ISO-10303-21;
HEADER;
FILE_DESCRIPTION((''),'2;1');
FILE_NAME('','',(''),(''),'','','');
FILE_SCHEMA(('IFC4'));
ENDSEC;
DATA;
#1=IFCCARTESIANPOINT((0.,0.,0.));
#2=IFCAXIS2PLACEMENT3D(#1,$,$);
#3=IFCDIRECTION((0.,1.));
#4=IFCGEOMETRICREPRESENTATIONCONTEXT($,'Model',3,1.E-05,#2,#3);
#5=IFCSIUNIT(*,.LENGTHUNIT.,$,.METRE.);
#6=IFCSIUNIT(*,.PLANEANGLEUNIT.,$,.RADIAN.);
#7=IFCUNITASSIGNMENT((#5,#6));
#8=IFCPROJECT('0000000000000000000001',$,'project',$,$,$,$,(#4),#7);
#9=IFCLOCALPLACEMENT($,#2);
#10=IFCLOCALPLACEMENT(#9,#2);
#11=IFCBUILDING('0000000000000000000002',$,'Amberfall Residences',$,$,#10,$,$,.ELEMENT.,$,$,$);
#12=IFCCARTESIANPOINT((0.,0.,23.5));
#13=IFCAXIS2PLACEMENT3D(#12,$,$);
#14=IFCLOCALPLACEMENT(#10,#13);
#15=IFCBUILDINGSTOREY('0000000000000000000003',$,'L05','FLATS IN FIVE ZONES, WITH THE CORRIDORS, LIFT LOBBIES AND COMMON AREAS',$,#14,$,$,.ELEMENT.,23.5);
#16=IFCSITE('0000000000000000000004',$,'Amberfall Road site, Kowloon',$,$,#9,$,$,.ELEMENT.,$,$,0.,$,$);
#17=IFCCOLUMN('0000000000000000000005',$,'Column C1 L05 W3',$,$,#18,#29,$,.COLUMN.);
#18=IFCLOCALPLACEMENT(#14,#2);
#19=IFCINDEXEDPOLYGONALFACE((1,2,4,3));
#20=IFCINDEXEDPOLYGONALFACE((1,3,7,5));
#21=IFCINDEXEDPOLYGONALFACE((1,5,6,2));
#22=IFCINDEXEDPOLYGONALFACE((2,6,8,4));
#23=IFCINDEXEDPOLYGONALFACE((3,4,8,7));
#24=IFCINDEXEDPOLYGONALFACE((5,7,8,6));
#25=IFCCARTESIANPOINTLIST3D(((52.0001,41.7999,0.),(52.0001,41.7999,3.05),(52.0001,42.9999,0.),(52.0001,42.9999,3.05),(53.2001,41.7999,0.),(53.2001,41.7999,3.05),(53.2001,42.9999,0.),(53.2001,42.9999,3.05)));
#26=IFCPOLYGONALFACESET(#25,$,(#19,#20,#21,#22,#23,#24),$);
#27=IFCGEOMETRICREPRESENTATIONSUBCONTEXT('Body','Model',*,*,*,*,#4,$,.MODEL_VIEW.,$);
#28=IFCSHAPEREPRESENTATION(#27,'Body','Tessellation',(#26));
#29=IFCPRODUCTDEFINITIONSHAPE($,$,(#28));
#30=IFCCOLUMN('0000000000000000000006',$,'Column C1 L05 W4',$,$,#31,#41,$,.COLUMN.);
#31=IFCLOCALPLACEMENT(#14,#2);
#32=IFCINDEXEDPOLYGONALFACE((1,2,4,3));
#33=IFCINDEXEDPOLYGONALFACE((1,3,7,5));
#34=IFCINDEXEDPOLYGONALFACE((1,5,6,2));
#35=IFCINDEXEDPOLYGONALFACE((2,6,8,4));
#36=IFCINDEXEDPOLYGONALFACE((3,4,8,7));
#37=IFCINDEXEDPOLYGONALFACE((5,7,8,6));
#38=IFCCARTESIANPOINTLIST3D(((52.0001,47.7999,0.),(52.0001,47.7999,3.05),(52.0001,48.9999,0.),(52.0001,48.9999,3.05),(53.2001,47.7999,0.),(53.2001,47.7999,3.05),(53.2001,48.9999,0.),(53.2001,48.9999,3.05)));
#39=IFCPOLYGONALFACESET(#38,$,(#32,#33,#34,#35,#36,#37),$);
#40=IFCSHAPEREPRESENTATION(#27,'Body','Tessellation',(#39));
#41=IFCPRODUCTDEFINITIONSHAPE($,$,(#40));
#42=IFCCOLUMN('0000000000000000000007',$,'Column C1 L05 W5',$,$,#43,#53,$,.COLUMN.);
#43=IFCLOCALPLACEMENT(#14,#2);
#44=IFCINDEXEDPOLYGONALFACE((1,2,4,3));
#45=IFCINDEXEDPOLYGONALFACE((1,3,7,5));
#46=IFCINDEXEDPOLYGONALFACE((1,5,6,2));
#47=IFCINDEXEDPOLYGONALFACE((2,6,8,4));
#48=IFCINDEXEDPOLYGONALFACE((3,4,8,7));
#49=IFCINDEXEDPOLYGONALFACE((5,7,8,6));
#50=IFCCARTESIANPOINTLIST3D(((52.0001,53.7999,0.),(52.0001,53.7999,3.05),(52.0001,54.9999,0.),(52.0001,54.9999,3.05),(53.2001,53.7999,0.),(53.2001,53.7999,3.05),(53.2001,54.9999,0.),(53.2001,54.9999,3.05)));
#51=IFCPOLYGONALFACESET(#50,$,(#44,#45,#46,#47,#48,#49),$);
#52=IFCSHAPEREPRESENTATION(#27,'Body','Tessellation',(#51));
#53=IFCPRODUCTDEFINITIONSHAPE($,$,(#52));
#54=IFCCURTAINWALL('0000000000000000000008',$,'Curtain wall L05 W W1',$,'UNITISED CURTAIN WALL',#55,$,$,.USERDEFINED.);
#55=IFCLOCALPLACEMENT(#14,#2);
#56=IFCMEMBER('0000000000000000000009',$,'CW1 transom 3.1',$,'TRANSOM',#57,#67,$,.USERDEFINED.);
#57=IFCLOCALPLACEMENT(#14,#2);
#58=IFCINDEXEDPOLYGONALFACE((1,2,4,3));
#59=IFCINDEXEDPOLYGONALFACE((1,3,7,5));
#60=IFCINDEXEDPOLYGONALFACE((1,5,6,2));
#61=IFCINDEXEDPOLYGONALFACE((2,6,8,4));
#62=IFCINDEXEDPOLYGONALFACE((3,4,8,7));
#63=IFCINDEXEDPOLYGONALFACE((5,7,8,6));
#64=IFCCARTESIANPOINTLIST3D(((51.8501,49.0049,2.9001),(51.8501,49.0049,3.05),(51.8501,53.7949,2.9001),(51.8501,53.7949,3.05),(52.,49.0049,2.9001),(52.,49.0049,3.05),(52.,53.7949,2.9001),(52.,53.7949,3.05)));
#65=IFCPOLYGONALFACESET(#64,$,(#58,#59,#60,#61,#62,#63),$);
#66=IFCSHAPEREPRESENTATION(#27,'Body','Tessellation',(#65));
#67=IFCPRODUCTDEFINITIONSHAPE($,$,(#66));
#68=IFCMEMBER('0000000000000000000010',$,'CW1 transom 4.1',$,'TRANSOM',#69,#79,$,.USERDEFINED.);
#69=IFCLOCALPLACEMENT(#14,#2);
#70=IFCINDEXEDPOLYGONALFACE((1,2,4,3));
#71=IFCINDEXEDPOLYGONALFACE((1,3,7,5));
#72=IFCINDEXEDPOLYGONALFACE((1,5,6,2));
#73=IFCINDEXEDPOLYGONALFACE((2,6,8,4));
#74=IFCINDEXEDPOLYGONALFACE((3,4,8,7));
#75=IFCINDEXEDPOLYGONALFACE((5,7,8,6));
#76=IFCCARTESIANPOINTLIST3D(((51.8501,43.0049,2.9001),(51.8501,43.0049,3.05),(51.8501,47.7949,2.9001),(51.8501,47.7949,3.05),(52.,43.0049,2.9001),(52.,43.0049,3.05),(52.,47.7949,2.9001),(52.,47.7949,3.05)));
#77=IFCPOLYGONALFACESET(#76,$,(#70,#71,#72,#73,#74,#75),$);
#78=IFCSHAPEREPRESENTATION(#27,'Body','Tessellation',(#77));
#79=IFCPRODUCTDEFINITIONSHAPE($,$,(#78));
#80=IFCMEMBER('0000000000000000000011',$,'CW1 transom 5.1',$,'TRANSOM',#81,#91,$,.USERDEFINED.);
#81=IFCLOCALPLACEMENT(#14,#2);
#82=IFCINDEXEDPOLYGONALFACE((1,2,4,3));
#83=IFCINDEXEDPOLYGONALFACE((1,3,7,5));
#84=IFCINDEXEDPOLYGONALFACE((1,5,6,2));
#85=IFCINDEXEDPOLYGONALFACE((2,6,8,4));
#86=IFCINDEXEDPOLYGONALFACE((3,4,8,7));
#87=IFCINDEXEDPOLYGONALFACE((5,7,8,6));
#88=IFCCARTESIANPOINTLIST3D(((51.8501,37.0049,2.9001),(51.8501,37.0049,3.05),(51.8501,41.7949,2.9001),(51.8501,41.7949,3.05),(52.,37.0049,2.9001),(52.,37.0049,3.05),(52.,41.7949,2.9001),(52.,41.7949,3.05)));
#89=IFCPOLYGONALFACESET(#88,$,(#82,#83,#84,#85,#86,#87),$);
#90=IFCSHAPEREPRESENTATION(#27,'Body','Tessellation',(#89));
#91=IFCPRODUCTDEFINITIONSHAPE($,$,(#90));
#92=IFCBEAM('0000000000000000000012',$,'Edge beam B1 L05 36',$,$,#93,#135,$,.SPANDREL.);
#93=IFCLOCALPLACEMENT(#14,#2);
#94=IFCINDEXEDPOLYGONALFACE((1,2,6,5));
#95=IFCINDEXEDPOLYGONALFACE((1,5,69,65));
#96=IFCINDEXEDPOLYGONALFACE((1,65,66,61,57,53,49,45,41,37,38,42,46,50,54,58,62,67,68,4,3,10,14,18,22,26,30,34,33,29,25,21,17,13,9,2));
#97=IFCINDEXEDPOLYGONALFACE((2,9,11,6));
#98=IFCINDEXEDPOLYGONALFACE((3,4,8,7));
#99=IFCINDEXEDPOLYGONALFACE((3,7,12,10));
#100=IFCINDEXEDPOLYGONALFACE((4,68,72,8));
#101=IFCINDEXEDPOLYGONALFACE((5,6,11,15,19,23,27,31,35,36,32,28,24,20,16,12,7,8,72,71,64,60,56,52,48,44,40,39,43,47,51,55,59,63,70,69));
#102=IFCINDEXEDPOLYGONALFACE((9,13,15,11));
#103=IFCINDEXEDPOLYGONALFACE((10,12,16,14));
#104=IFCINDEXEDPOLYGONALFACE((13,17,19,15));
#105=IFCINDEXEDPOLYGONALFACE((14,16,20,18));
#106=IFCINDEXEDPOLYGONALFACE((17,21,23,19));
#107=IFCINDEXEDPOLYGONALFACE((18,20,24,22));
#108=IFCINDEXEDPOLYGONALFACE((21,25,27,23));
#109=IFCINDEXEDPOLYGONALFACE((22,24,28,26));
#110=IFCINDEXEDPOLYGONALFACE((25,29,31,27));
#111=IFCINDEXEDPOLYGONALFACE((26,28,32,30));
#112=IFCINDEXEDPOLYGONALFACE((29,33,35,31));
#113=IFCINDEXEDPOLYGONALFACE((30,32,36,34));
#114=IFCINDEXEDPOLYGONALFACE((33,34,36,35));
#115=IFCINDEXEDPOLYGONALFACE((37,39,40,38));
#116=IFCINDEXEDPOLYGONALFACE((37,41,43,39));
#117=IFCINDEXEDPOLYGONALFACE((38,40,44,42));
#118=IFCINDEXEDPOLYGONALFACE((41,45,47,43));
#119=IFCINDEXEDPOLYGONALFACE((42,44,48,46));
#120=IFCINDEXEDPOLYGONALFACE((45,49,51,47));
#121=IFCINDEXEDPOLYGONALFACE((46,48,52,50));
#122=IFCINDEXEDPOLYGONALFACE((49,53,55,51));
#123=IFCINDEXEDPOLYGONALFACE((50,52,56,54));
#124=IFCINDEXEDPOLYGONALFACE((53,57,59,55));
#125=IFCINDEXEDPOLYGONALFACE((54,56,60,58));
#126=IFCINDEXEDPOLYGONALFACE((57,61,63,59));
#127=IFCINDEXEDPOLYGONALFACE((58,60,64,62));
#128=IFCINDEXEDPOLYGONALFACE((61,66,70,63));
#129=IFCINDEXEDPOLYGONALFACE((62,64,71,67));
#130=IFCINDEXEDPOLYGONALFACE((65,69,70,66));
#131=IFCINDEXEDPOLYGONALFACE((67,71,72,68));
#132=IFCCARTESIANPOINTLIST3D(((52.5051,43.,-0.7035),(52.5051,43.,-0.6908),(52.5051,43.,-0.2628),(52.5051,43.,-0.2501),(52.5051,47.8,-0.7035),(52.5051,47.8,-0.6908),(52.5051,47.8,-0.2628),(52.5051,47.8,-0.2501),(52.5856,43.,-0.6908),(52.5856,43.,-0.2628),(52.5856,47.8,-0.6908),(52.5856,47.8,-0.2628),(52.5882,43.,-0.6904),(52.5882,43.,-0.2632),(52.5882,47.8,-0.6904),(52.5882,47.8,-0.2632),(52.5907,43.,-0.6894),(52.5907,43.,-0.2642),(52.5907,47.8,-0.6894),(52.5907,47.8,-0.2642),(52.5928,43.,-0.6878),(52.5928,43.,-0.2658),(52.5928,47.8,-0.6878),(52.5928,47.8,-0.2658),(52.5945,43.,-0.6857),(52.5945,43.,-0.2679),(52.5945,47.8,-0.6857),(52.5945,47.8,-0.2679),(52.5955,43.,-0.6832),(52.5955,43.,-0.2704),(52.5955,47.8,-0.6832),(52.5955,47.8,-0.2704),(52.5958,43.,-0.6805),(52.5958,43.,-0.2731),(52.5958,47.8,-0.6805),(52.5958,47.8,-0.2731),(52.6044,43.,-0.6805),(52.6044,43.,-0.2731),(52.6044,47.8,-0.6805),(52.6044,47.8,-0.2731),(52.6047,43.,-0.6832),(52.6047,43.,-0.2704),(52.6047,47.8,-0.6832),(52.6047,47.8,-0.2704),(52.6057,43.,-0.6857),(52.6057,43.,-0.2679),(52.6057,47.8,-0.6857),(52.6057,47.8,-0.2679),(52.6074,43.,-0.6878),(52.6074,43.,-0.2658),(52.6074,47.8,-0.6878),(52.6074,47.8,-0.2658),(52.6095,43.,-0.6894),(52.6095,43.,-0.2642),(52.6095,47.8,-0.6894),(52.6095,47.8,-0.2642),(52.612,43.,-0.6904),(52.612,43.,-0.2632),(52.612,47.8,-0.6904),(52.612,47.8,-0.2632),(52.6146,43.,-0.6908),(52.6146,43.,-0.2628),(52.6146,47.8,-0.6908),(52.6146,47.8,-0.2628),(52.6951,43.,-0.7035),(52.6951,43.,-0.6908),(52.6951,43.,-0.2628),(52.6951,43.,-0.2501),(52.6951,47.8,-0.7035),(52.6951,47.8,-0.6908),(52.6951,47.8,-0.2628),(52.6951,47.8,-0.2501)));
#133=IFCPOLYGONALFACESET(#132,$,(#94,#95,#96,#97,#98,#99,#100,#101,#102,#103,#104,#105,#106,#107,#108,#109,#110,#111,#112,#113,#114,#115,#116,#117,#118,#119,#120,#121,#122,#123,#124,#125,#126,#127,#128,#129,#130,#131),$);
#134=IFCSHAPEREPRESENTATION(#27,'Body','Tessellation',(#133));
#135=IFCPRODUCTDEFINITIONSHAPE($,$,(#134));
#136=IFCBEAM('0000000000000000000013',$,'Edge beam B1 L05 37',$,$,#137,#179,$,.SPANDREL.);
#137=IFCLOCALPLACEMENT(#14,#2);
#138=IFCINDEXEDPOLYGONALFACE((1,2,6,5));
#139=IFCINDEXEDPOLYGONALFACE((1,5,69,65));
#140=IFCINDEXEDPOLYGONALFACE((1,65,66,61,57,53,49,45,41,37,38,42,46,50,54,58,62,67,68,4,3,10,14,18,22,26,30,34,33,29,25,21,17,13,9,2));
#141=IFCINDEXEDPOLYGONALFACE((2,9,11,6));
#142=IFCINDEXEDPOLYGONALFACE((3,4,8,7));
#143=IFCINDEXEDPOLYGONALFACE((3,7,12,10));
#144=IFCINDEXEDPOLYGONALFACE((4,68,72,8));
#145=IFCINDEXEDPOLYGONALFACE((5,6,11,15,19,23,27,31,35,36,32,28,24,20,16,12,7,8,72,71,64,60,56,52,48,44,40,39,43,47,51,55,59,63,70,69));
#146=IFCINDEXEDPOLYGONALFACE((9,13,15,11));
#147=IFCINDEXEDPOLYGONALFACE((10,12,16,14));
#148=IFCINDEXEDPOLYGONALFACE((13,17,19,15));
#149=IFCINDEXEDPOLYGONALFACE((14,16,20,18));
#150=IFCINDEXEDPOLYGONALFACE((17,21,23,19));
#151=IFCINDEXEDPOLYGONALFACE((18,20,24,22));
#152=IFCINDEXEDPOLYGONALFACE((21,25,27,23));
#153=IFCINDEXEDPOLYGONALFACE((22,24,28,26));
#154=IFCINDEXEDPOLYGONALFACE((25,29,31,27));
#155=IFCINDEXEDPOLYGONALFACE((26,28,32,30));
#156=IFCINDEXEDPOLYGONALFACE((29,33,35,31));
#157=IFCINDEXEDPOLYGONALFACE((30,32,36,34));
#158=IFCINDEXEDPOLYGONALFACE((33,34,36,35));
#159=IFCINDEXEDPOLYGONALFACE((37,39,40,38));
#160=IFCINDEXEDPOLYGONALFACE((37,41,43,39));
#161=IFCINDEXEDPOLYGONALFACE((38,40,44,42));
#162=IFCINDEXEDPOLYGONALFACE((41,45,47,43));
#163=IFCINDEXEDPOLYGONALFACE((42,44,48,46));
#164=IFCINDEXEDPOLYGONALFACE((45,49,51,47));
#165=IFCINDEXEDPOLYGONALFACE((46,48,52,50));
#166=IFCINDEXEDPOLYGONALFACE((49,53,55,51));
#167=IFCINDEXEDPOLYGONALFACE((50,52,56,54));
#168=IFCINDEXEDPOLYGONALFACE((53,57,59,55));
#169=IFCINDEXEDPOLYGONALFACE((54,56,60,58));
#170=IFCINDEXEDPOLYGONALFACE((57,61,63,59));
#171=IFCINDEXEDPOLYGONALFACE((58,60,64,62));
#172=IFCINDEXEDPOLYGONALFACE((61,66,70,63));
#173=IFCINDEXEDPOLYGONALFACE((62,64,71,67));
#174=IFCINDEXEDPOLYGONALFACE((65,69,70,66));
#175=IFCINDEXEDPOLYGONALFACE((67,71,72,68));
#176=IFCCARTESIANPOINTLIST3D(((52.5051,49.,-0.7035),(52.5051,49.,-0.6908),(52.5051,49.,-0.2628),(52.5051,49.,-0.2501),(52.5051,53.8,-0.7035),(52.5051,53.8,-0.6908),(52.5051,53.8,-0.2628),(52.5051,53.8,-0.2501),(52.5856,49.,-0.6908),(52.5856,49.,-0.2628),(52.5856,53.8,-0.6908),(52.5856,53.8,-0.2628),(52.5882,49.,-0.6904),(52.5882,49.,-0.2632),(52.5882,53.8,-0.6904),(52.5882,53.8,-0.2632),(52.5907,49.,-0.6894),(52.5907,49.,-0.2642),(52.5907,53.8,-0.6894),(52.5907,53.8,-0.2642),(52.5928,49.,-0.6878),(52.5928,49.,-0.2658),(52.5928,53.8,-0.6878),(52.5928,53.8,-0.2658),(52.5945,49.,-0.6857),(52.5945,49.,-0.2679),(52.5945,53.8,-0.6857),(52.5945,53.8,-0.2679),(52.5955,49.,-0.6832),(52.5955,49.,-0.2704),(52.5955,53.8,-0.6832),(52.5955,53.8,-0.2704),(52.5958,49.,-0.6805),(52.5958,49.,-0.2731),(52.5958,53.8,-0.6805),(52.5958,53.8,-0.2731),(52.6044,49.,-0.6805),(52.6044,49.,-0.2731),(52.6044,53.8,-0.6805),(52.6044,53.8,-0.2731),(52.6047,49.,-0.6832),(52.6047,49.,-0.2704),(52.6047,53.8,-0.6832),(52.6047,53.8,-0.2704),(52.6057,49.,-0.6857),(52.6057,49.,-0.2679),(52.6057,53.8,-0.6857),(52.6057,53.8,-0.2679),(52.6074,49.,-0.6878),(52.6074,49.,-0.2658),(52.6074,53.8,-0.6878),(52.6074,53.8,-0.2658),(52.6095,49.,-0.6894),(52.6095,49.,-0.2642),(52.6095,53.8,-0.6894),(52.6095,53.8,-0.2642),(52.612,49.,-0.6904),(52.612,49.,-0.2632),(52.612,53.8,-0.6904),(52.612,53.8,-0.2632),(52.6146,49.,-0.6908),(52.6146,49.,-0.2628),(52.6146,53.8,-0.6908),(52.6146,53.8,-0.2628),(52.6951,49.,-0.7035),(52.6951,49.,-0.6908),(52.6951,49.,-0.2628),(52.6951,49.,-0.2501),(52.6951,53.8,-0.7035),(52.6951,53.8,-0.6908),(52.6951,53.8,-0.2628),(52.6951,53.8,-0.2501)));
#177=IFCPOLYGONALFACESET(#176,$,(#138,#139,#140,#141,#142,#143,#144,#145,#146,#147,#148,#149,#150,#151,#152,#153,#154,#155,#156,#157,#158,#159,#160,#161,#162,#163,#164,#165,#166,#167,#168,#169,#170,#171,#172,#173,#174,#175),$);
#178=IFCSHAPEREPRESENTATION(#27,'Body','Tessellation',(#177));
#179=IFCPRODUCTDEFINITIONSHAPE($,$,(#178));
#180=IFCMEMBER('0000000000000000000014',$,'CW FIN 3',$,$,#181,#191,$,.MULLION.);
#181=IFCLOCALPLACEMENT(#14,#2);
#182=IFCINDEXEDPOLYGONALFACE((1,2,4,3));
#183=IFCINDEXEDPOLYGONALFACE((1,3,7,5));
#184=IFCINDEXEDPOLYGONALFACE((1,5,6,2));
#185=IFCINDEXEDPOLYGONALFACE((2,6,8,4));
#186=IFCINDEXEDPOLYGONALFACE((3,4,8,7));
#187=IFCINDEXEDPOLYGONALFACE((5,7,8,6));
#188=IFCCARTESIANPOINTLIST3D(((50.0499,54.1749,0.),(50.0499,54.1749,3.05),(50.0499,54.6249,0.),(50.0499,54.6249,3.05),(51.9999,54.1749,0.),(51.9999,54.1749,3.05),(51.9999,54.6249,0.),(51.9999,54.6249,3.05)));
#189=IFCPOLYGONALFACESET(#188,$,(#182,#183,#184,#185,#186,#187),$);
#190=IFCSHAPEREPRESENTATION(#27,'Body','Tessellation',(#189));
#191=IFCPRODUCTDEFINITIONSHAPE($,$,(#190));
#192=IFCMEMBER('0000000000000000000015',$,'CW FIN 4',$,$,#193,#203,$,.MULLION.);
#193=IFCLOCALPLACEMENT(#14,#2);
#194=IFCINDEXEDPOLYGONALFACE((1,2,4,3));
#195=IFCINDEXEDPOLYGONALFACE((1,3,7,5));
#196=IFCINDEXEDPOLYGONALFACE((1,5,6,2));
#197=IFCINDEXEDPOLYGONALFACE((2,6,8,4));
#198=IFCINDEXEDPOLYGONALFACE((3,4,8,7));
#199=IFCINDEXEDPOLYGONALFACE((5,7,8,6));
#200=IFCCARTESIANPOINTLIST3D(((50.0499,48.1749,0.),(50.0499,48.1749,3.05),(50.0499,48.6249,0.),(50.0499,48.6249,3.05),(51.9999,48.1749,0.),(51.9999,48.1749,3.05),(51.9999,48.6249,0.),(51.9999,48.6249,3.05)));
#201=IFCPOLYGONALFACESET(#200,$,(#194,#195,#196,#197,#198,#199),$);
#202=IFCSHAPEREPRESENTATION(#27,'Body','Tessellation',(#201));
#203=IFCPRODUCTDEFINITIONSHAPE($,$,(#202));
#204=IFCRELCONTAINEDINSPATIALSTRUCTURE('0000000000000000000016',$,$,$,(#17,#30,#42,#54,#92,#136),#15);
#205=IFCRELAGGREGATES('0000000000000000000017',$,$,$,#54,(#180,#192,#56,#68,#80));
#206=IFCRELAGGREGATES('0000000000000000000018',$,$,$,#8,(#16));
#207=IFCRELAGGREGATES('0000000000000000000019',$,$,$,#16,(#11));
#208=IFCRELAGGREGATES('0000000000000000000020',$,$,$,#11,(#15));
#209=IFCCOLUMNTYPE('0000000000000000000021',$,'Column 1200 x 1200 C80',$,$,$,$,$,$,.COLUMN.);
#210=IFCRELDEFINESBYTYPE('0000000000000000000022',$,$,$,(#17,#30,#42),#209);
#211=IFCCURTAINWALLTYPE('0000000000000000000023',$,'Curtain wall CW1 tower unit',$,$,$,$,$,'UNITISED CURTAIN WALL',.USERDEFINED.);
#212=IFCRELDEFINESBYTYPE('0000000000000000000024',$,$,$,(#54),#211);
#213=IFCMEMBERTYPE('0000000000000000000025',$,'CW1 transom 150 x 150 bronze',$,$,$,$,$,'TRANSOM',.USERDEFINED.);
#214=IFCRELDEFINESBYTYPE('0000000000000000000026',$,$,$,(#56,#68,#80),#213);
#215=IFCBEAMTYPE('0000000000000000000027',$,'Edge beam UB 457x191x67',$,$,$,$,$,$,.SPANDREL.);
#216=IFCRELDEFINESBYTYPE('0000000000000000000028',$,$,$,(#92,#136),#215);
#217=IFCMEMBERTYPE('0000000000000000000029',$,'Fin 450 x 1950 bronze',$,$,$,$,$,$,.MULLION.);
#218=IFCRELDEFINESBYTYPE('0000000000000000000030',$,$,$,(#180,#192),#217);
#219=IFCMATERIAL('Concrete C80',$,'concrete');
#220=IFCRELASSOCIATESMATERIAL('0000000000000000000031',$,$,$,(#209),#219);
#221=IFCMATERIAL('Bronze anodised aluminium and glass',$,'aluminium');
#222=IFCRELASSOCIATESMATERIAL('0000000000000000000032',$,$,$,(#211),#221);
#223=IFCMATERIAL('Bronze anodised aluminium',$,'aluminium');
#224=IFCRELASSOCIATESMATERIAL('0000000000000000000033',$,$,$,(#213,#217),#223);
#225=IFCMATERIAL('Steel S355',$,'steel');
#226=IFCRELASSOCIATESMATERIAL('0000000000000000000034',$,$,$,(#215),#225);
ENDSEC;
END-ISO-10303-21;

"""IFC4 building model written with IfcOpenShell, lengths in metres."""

from ifc_helpers import new_model, si_unit, direction, frame, origin, origin_2d, place, context, subcontext, project, spatial, rectangle, i_section, extrude, material, material_profile, profile_set, type_object, element, aggregate, save


model = new_model("IFC4")

# Units and contexts
model_context = context("Model", 3, precision=1e-05, world=origin(), true_north=direction((0.0, 1.0)))
body_context = subcontext(model_context, "Body", "Model", "MODEL_VIEW")
ifc_project = project(units=[si_unit("LENGTHUNIT", "METRE"), si_unit("PLANEANGLEUNIT", "RADIAN")], contexts=[model_context])

# Site, building, storey
site_placement = place(None, origin())
site = spatial("IfcSite", under=ifc_project, at=site_placement, Name="Amberfall Road site, Kowloon", CompositionType="ELEMENT", RefElevation=0.0)
building_placement = place(site_placement, origin())
building = spatial("IfcBuilding", under=site, at=building_placement, Name="Amberfall Residences", CompositionType="ELEMENT")
storey_placement = place(building_placement, frame((0.0, 0.0, 23.5)))
storey = spatial("IfcBuildingStorey", under=building, at=storey_placement, Name="L05", Description="FLATS IN FIVE ZONES, WITH THE CORRIDORS, LIFT LOBBIES AND COMMON AREAS", CompositionType="ELEMENT", Elevation=23.5)

# Columns
ifc_material_1 = material(Name="Concrete C80", Category="concrete")
ifc_material_profile_1 = material_profile(ifc_material_1, rectangle(XDim=1.2, YDim=1.2, at=origin_2d()), Name="Column 1200 x 1200 C80")
ifc_profile_set_1 = profile_set([ifc_material_profile_1], Name="Concrete C80")
column_type = type_object("IfcColumnType", Name="Column 1200 x 1200 C80", PredefinedType="COLUMN", material=ifc_profile_set_1)
for number, where, z_axis, x_axis, name in (
    (1, (52.6001, 42.3999, 0.0), (0.0, 0.0, 1.0), (1.0, 0.0, 0.0), "Column C1 L05 W3"),
    (2, (52.6001, 48.3999, 0.0), (0.0, 0.0, 1.0), (1.0, 0.0, 0.0), "Column C1 L05 W4"),
    (3, (52.6001, 54.3999, 0.0), (0.0, 0.0, 1.0), (1.0, 0.0, 0.0), "Column C1 L05 W5"),
):
    element("IfcColumn", number, at=place(storey_placement, frame(where, z_axis=z_axis, x_axis=x_axis)), inside=storey, type_object=column_type, Name=name, PredefinedType="COLUMN", context=body_context, shape_type="SweptSolid", body=[
        extrude(rectangle(XDim=1.2, YDim=1.2, at=origin_2d()), origin(), (0.0, 0.0, 1.0), 3.05),
    ])

# Curtain wall, members
ifc_material_2 = material(Name="Bronze anodised aluminium and glass", Category="aluminium")
curtain_wall_type = type_object("IfcCurtainWallType", Name="Curtain wall CW1 tower unit", ElementType="UNITISED CURTAIN WALL", PredefinedType="USERDEFINED", material=ifc_material_2)
curtain_wall_placement = place(storey_placement, origin())
curtain_wall = element("IfcCurtainWall", 4, at=curtain_wall_placement, inside=storey, type_object=curtain_wall_type, Name="Curtain wall L05 W W1", ObjectType="UNITISED CURTAIN WALL", PredefinedType="USERDEFINED")
ifc_material_3 = material(Name="Bronze anodised aluminium", Category="aluminium")
ifc_material_profile_2 = material_profile(ifc_material_3, rectangle(XDim=0.1499, YDim=0.1499, at=origin_2d()), Name="CW1 transom 150 x 150 bronze")
ifc_profile_set_2 = profile_set([ifc_material_profile_2], Name="Bronze anodised aluminium")
member_type_1 = type_object("IfcMemberType", Name="CW1 transom 150 x 150 bronze", ElementType="TRANSOM", PredefinedType="USERDEFINED", material=ifc_profile_set_2)
member_1_placement = place(storey_placement, frame((51.925, 53.7949, 2.9751), z_axis=(0.0, -1.0, 0.0), x_axis=(1.0, 0.0, 0.0)))
member_1 = element("IfcMember", 5, at=member_1_placement, type_object=member_type_1, Name="CW1 transom 3.1", ObjectType="TRANSOM", PredefinedType="USERDEFINED", context=body_context, shape_type="SweptSolid", body=[
    extrude(rectangle(XDim=0.1499, YDim=0.1499, at=origin_2d()), origin(), (0.0, 0.0, 1.0), 4.79),
])
member_2_placement = place(storey_placement, frame((51.925, 47.7949, 2.9751), z_axis=(0.0, -1.0, 0.0), x_axis=(1.0, 0.0, 0.0)))
member_2 = element("IfcMember", 6, at=member_2_placement, type_object=member_type_1, Name="CW1 transom 4.1", ObjectType="TRANSOM", PredefinedType="USERDEFINED", context=body_context, shape_type="SweptSolid", body=[
    extrude(rectangle(XDim=0.1499, YDim=0.1499, at=origin_2d()), origin(), (0.0, 0.0, 1.0), 4.79),
])
member_3_placement = place(storey_placement, frame((51.925, 41.7949, 2.9751), z_axis=(0.0, -1.0, 0.0), x_axis=(1.0, 0.0, 0.0)))
member_3 = element("IfcMember", 7, at=member_3_placement, type_object=member_type_1, Name="CW1 transom 5.1", ObjectType="TRANSOM", PredefinedType="USERDEFINED", context=body_context, shape_type="SweptSolid", body=[
    extrude(rectangle(XDim=0.1499, YDim=0.1499, at=origin_2d()), origin(), (0.0, 0.0, 1.0), 4.79),
])

# Beams
ifc_material_4 = material(Name="Steel S355", Category="steel")
ifc_material_profile_3 = material_profile(ifc_material_4, i_section(OverallWidth=0.1899, OverallDepth=0.4534, WebThickness=0.0085, FlangeThickness=0.0127, FilletRadius=0.0103, at=origin_2d()), Name="UB 457x191x67")
ifc_profile_set_3 = profile_set([ifc_material_profile_3], Name="Steel S355")
beam_type_1 = type_object("IfcBeamType", Name="Edge beam UB 457x191x67", PredefinedType="SPANDREL", material=ifc_profile_set_3)
for number, where, z_axis, x_axis, name in (
    (8, (52.6001, 43.0, -0.4768), (0.0, 1.0, 0.0), (-1.0, 0.0, 0.0), "Edge beam B1 L05 36"),
    (9, (52.6001, 49.0, -0.4768), (0.0, 1.0, 0.0), (-1.0, 0.0, 0.0), "Edge beam B1 L05 37"),
):
    element("IfcBeam", number, at=place(storey_placement, frame(where, z_axis=z_axis, x_axis=x_axis)), inside=storey, type_object=beam_type_1, Name=name, PredefinedType="SPANDREL", context=body_context, shape_type="SweptSolid", body=[
        extrude(i_section(OverallWidth=0.1899, OverallDepth=0.4534, WebThickness=0.0085, FlangeThickness=0.0127, FilletRadius=0.0103, at=origin_2d()), origin(), (0.0, 0.0, 1.0), 4.8),
    ])

# Members
ifc_material_profile_4 = material_profile(ifc_material_3, rectangle(XDim=1.95, YDim=0.45, at=origin_2d()), Name="Fin 450 x 1950 bronze")
ifc_profile_set_4 = profile_set([ifc_material_profile_4], Name="Bronze anodised aluminium")
member_type_2 = type_object("IfcMemberType", Name="Fin 450 x 1950 bronze", PredefinedType="MULLION", material=ifc_profile_set_4)
member_4_placement = place(storey_placement, frame((51.0249, 54.3999, 0.0), z_axis=(0.0, 0.0, 1.0), x_axis=(1.0, 0.0, 0.0)))
member_4 = element("IfcMember", 10, at=member_4_placement, type_object=member_type_2, Name="CW FIN 3", PredefinedType="MULLION", context=body_context, shape_type="SweptSolid", body=[
    extrude(rectangle(XDim=1.95, YDim=0.45, at=origin_2d()), origin(), (0.0, 0.0, 1.0), 3.05),
])
member_5_placement = place(storey_placement, frame((51.0249, 48.3999, 0.0), z_axis=(0.0, 0.0, 1.0), x_axis=(1.0, 0.0, 0.0)))
member_5 = element("IfcMember", 11, at=member_5_placement, type_object=member_type_2, Name="CW FIN 4", PredefinedType="MULLION", context=body_context, shape_type="SweptSolid", body=[
    extrude(rectangle(XDim=1.95, YDim=0.45, at=origin_2d()), origin(), (0.0, 0.0, 1.0), 3.05),
])

aggregate(curtain_wall, [member_4, member_5, member_1, member_2, member_3])

save(model, "model.ifc")
